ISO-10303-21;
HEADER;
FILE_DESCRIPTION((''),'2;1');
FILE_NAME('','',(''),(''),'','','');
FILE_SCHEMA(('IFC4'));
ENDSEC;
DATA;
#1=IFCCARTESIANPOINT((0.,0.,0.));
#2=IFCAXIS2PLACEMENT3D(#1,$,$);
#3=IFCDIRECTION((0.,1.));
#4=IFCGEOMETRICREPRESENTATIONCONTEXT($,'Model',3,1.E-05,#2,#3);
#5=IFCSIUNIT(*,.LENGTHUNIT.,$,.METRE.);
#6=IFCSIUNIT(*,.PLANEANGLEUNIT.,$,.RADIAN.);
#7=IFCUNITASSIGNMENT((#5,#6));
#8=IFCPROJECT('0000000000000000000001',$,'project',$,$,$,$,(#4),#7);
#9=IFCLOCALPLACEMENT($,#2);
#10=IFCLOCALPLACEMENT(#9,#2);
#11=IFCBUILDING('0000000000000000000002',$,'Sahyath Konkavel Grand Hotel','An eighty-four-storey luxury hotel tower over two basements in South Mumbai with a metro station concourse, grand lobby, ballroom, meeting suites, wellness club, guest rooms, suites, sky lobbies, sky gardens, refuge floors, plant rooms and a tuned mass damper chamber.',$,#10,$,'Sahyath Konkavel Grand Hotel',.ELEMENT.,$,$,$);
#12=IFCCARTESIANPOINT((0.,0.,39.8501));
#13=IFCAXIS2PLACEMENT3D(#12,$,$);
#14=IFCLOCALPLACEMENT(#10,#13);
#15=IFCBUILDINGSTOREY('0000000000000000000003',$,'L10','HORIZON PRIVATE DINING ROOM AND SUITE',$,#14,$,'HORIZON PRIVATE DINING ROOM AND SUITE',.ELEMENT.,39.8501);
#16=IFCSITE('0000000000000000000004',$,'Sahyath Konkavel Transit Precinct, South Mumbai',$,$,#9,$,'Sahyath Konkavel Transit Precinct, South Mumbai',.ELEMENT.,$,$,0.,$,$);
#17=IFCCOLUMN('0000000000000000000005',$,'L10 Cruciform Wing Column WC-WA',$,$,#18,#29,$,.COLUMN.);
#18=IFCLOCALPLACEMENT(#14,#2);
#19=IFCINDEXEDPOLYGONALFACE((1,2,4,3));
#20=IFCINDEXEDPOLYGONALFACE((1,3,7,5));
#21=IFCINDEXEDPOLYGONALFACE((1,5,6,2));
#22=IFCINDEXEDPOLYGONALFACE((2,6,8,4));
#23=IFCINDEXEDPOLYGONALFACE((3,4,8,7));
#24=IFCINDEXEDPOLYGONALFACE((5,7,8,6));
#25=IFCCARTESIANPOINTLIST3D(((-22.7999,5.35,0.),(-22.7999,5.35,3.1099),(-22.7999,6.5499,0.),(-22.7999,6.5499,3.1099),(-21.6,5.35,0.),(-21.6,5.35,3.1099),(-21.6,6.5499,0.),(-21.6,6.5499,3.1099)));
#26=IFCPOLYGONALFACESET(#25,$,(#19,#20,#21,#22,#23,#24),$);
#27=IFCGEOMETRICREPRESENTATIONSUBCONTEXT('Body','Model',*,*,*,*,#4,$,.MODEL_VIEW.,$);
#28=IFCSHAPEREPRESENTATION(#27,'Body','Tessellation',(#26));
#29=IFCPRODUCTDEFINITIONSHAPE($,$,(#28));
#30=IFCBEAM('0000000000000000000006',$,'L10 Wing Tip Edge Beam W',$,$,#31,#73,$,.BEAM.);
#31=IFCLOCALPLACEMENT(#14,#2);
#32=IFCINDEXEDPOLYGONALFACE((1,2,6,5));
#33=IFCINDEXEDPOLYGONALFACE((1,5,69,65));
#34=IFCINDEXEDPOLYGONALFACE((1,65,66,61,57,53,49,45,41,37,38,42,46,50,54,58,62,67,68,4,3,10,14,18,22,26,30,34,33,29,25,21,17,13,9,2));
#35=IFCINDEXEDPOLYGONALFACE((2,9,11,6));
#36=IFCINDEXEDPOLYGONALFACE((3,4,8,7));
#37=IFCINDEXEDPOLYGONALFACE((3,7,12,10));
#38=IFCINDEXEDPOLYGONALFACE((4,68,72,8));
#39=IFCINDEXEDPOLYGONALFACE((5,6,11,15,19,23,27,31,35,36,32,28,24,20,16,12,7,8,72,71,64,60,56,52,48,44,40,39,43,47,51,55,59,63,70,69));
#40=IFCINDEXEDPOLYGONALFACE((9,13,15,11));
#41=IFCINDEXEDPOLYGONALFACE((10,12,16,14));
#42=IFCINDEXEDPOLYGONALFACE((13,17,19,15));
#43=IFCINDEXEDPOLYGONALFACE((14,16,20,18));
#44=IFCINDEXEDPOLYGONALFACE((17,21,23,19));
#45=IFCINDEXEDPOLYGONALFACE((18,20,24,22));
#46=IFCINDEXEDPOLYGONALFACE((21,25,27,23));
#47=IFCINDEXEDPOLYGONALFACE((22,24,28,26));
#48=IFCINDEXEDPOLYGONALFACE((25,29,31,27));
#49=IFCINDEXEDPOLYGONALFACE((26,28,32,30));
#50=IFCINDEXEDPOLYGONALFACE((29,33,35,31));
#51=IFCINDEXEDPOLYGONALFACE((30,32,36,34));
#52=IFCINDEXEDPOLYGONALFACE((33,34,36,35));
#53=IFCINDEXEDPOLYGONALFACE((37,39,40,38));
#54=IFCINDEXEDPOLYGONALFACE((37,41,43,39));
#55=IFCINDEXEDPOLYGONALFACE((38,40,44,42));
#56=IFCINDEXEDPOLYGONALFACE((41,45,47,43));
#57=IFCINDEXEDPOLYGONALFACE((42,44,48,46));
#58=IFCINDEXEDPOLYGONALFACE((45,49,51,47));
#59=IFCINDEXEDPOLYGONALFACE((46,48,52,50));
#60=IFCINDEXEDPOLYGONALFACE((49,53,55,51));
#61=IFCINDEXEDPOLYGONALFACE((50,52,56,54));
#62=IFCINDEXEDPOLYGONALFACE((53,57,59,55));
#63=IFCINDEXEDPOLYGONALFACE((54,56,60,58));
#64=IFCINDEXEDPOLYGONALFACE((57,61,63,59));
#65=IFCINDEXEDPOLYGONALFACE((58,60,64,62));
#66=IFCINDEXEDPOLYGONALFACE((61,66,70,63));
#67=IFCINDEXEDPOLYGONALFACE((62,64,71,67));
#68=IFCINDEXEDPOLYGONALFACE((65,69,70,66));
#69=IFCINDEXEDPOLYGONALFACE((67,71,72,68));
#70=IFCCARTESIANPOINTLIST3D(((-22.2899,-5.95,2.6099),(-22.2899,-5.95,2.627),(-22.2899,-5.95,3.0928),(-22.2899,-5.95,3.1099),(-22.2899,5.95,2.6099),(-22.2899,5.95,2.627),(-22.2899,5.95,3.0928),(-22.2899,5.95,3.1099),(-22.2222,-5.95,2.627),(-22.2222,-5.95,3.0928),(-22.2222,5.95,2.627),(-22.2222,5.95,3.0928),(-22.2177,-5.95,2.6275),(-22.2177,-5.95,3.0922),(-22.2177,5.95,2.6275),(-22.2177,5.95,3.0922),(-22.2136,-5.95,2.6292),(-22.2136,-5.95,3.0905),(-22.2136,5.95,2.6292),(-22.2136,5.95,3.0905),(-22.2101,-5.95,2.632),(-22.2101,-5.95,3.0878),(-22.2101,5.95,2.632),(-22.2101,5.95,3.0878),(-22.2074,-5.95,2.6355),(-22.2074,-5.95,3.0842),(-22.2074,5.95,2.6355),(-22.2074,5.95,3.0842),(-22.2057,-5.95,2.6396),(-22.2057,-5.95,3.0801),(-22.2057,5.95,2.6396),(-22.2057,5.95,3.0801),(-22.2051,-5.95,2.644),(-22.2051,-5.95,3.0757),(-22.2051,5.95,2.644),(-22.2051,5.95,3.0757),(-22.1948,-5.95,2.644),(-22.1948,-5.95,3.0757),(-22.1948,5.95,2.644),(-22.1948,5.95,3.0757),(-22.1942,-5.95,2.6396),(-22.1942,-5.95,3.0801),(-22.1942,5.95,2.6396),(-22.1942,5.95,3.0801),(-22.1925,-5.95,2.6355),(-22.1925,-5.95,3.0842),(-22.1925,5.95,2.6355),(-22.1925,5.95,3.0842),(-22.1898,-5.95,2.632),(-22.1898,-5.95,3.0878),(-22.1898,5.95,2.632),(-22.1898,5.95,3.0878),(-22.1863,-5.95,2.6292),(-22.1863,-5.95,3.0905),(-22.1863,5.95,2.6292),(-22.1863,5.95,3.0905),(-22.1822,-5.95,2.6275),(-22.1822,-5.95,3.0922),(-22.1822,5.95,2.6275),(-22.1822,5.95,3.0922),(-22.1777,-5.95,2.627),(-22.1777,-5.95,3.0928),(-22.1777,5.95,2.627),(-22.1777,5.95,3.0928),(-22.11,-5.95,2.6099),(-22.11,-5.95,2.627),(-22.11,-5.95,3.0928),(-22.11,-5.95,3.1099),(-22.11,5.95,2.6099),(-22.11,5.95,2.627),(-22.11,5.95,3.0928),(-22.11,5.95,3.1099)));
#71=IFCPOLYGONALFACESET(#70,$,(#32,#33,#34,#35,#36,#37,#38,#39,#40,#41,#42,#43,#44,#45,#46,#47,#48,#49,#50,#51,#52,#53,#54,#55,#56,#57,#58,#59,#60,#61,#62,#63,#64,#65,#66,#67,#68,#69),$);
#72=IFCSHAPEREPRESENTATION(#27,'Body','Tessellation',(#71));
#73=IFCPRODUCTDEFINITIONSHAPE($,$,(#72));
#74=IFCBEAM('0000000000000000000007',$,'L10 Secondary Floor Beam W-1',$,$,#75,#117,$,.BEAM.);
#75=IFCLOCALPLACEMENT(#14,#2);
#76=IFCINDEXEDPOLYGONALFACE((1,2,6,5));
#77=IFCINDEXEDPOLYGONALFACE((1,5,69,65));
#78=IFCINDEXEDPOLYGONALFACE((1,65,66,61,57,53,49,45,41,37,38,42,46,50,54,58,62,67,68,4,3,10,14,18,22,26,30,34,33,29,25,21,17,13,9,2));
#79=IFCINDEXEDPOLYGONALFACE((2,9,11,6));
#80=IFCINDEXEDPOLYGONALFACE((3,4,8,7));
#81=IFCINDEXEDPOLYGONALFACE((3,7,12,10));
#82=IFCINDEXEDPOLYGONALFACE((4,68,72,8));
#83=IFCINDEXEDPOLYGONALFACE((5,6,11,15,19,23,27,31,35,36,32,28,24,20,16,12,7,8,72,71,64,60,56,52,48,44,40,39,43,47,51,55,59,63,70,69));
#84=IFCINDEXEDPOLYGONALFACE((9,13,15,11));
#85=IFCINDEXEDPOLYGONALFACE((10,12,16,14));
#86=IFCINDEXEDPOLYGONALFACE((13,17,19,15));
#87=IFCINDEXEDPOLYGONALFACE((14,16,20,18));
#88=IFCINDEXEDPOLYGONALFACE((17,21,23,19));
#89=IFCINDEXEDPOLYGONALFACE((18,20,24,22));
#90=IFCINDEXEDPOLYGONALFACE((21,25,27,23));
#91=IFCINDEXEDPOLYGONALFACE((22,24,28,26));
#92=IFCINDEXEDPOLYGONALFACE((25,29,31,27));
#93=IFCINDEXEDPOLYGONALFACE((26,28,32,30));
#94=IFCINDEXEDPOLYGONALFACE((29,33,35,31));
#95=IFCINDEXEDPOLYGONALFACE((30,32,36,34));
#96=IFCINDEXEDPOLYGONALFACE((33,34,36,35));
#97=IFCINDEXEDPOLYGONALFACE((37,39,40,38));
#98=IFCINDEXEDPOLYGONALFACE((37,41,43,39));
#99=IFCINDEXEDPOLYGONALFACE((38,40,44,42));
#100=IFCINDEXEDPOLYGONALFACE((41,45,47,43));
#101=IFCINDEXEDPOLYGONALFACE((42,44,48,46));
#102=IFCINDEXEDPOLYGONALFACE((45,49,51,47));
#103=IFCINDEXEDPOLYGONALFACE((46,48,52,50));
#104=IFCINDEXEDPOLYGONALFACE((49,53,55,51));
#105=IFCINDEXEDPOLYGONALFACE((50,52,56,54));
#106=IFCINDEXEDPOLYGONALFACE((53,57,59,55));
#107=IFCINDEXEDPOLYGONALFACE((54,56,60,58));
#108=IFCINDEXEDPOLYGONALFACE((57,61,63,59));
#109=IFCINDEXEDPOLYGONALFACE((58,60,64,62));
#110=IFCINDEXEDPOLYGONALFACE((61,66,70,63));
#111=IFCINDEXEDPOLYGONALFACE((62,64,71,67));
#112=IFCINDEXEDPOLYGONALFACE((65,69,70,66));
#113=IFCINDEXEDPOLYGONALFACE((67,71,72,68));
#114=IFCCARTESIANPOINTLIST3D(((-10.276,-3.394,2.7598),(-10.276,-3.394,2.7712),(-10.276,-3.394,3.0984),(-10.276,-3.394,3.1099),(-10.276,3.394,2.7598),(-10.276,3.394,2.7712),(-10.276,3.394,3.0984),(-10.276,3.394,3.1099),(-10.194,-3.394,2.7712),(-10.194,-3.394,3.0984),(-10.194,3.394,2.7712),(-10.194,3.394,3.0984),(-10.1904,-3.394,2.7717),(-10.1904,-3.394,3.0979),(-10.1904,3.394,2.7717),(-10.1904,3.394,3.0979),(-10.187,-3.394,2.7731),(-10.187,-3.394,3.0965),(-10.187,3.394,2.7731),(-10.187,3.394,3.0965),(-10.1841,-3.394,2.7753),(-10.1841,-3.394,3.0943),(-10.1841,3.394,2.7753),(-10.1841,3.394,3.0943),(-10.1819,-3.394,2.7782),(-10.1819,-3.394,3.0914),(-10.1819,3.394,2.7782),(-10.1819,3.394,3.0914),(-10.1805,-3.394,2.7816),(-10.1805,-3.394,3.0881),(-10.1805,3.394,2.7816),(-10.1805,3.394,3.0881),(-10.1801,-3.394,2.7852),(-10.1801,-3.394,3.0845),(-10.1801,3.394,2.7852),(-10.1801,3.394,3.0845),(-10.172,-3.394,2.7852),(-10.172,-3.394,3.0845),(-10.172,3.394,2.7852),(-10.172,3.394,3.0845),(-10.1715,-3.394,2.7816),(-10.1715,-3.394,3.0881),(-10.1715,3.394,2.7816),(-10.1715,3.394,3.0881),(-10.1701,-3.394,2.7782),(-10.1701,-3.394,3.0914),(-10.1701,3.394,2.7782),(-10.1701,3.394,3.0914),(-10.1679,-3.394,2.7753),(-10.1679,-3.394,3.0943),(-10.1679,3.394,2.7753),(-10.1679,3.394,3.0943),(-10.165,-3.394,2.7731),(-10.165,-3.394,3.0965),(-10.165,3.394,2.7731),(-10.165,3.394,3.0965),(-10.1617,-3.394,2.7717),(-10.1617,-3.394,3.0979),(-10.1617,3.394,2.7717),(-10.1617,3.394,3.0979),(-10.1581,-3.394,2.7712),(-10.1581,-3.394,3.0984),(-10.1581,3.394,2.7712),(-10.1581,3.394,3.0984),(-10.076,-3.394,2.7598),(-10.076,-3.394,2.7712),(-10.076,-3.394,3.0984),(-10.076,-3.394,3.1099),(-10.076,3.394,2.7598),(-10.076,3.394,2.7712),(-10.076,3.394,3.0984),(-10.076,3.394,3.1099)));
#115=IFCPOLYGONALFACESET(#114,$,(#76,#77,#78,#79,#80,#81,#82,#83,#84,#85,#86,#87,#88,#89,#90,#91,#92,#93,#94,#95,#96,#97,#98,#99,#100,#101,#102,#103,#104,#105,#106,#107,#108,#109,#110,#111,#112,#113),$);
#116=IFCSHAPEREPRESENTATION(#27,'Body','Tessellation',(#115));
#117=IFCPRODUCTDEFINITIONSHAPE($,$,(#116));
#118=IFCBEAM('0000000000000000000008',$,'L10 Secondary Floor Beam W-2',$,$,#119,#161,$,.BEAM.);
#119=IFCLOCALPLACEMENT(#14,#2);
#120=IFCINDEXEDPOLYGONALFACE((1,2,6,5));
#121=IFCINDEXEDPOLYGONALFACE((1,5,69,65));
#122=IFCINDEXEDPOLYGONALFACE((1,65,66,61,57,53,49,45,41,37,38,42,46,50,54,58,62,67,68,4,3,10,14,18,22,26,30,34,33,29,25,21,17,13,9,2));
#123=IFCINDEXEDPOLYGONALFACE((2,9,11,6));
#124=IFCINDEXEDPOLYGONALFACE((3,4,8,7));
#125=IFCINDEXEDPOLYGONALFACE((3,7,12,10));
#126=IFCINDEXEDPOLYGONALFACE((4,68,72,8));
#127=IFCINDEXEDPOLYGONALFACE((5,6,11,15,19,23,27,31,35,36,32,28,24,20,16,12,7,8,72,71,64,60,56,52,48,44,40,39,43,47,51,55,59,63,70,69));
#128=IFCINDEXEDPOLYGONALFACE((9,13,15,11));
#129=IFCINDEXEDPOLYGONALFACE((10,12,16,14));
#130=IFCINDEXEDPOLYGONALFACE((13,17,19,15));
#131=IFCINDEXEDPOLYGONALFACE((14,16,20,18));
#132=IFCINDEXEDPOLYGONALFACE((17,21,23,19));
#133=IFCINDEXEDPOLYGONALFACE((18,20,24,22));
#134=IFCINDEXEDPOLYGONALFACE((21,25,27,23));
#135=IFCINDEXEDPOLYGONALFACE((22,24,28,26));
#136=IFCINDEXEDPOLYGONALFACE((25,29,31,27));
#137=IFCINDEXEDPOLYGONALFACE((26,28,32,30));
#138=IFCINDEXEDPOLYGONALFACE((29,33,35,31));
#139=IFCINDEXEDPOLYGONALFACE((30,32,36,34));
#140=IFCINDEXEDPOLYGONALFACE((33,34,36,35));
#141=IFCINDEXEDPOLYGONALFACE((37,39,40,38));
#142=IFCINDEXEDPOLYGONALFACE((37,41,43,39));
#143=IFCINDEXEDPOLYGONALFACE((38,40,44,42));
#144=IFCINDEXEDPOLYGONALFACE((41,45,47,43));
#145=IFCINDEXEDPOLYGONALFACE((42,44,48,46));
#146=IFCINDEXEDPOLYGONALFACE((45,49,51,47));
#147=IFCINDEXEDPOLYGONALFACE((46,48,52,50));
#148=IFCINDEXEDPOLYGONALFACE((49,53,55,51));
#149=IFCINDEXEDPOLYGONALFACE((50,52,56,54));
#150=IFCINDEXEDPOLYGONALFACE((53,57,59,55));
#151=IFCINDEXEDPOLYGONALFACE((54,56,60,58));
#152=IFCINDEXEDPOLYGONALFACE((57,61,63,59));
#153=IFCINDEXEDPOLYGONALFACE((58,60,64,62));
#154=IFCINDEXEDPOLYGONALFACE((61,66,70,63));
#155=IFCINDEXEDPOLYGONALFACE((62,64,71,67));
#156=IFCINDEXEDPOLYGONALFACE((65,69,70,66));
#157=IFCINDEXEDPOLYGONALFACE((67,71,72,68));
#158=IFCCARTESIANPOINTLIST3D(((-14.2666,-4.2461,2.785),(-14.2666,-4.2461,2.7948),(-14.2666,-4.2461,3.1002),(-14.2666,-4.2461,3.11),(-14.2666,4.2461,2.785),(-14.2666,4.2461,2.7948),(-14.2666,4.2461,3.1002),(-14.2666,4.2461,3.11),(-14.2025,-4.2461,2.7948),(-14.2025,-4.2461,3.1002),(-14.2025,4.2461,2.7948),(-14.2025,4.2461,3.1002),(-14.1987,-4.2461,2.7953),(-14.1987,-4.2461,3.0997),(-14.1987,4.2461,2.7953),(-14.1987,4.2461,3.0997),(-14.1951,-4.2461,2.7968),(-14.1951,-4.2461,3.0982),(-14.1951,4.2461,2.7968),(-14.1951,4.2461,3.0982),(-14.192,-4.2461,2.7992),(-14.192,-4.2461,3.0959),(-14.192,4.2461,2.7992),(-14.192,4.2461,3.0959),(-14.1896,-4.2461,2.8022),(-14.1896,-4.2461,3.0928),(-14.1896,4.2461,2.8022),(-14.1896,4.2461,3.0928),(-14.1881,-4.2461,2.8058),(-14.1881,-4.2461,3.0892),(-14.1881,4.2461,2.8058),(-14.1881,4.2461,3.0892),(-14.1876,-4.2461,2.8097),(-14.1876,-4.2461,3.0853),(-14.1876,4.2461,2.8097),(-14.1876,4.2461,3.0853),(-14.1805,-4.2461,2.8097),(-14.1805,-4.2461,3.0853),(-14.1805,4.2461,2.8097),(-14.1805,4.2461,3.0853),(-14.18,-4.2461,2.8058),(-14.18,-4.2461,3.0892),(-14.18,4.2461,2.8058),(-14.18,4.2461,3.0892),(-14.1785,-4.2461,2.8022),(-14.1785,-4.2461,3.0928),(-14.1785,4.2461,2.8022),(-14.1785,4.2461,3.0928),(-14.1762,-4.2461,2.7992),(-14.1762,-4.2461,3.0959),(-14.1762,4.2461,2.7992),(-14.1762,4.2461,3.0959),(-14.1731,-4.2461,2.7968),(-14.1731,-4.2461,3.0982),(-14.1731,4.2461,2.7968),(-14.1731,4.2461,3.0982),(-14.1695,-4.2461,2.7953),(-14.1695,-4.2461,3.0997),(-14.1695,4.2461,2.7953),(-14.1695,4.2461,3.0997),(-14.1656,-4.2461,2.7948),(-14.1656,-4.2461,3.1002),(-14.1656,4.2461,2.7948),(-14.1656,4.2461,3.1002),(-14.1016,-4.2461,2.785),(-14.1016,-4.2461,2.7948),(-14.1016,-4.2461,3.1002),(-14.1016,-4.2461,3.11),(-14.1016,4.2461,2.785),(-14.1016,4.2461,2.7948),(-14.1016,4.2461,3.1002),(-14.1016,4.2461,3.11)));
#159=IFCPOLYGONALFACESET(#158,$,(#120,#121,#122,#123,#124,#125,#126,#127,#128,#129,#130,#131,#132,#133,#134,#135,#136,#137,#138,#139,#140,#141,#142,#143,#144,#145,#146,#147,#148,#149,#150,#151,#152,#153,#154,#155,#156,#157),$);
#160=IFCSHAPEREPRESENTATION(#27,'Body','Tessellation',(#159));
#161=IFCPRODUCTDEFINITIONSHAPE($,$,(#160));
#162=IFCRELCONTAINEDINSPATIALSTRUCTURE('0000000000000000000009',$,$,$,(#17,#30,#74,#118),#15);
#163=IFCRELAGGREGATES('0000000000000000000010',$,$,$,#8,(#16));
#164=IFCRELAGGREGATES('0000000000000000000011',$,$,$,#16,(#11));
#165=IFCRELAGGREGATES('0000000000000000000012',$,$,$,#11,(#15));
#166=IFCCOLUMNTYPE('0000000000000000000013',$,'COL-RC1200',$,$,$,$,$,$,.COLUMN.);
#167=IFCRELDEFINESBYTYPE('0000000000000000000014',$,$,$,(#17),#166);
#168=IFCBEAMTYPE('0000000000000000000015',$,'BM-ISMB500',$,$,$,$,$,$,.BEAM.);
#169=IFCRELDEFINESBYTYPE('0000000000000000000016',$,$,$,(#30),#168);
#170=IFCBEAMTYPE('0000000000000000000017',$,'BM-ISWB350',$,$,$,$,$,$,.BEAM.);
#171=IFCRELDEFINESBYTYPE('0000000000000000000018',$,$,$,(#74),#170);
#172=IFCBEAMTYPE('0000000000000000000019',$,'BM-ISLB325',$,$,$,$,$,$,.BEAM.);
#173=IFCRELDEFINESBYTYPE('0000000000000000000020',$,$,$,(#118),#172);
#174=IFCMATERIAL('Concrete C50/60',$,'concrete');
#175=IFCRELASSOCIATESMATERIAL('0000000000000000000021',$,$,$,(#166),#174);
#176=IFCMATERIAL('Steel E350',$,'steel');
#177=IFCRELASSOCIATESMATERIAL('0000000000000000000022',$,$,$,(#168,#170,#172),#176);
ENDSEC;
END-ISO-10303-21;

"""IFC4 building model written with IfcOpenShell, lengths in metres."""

from ifc_helpers import new_model, si_unit, direction, frame, origin, origin_2d, place, context, subcontext, project, spatial, rectangle, i_section, extrude, source, transform, mapped, material, material_profile, profile_set, type_object, element, save


model = new_model("IFC4")

# Units and contexts
model_context = context("Model", 3, precision=1e-05, world=origin(), true_north=direction((0.0, 1.0)))
body_context = subcontext(model_context, "Body", "Model", "MODEL_VIEW")
ifc_project = project(units=[si_unit("LENGTHUNIT", "METRE"), si_unit("PLANEANGLEUNIT", "RADIAN")], contexts=[model_context])

# Site, building, storey
site_placement = place(None, origin())
site = spatial("IfcSite", under=ifc_project, at=site_placement, Name="Sahyath Konkavel Transit Precinct, South Mumbai", LongName="Sahyath Konkavel Transit Precinct, South Mumbai", CompositionType="ELEMENT", RefElevation=0.0)
building_placement = place(site_placement, origin())
building = spatial("IfcBuilding", under=site, at=building_placement, Name="Sahyath Konkavel Grand Hotel", Description="An eighty-four-storey luxury hotel tower over two basements in South Mumbai with a metro station concourse, grand lobby, ballroom, meeting suites, wellness club, guest rooms, suites, sky lobbies, sky gardens, refuge floors, plant rooms and a tuned mass damper chamber.", LongName="Sahyath Konkavel Grand Hotel", CompositionType="ELEMENT")
storey_placement = place(building_placement, frame((0.0, 0.0, 39.8501)))
storey = spatial("IfcBuildingStorey", under=building, at=storey_placement, Name="L10", Description="HORIZON PRIVATE DINING ROOM AND SUITE", LongName="HORIZON PRIVATE DINING ROOM AND SUITE", CompositionType="ELEMENT", Elevation=39.8501)

# Column
ifc_material_1 = material(Name="Concrete C50/60", Category="concrete")
ifc_material_profile_1 = material_profile(ifc_material_1, rectangle(XDim=1.2, YDim=1.2, at=origin_2d()), Name="RC 1200x1200")
ifc_profile_set_1 = profile_set([ifc_material_profile_1], Name="Concrete C50/60")
column_type = type_object("IfcColumnType", Name="COL-RC1200", PredefinedType="COLUMN", material=ifc_profile_set_1)
shared_shape_1 = source(origin(), body_context, "Body", "SweptSolid", [
    extrude(rectangle(XDim=1.2, YDim=1.2, at=origin_2d()), origin(), (0.0, 0.0, 1.0), 3.1099),
])
column_placement = place(storey_placement, frame((-22.2, 5.95, 0.0), z_axis=(0.0, 0.0, 1.0), x_axis=(1.0, 0.0, 0.0)))
element("IfcColumn", 1, at=column_placement, inside=storey, type_object=column_type, Name="L10 Cruciform Wing Column WC-WA", PredefinedType="COLUMN", context=body_context, shape_type="MappedRepresentation", body=[
    mapped(shared_shape_1, transform((0.0, 0.0, 0.0), scale=1.0)),
])

# Beams
ifc_material_2 = material(Name="Steel E350", Category="steel")
ifc_material_profile_2 = material_profile(ifc_material_2, i_section(OverallWidth=0.1799, OverallDepth=0.5, WebThickness=0.0103, FlangeThickness=0.0171, FilletRadius=0.0171, at=origin_2d()), Name="ISMB 500")
ifc_profile_set_2 = profile_set([ifc_material_profile_2], Name="Steel E350")
beam_type_1 = type_object("IfcBeamType", Name="BM-ISMB500", PredefinedType="BEAM", material=ifc_profile_set_2)
shared_shape_2 = source(origin(), body_context, "Body", "SweptSolid", [
    extrude(i_section(OverallWidth=0.1799, OverallDepth=0.5, WebThickness=0.0103, FlangeThickness=0.0171, FilletRadius=0.0171, at=origin_2d()), origin(), (0.0, 0.0, 1.0), 11.8999),
])
beam_1_placement = place(storey_placement, frame((-22.2, 5.95, 2.8599), z_axis=(0.0, -1.0, 0.0), x_axis=(1.0, 0.0, 0.0)))
element("IfcBeam", 2, at=beam_1_placement, inside=storey, type_object=beam_type_1, Name="L10 Wing Tip Edge Beam W", PredefinedType="BEAM", context=body_context, shape_type="MappedRepresentation", body=[
    mapped(shared_shape_2, transform((0.0, 0.0, 0.0), scale=1.0)),
])
ifc_material_profile_3 = material_profile(ifc_material_2, i_section(OverallWidth=0.2, OverallDepth=0.3501, WebThickness=0.0081, FlangeThickness=0.0115, FilletRadius=0.0139, at=origin_2d()), Name="ISWB 350")
ifc_profile_set_3 = profile_set([ifc_material_profile_3], Name="Steel E350")
beam_type_2 = type_object("IfcBeamType", Name="BM-ISWB350", PredefinedType="BEAM", material=ifc_profile_set_3)
shared_shape_3 = source(origin(), body_context, "Body", "SweptSolid", [
    extrude(i_section(OverallWidth=0.2, OverallDepth=0.3501, WebThickness=0.0081, FlangeThickness=0.0115, FilletRadius=0.0139, at=origin_2d()), origin(), (0.0, 0.0, 1.0), 6.7881),
])
beam_2_placement = place(storey_placement, frame((-10.176, 3.394, 2.9348), z_axis=(0.0, -1.0, 0.0), x_axis=(1.0, 0.0, 0.0)))
element("IfcBeam", 3, at=beam_2_placement, inside=storey, type_object=beam_type_2, Name="L10 Secondary Floor Beam W-1", PredefinedType="BEAM", context=body_context, shape_type="MappedRepresentation", body=[
    mapped(shared_shape_3, transform((0.0, 0.0, 0.0), scale=1.0)),
])
ifc_material_profile_4 = material_profile(ifc_material_2, i_section(OverallWidth=0.165, OverallDepth=0.325, WebThickness=0.0071, FlangeThickness=0.0098, FilletRadius=0.0149, at=origin_2d()), Name="ISLB 325")
ifc_profile_set_4 = profile_set([ifc_material_profile_4], Name="Steel E350")
beam_type_3 = type_object("IfcBeamType", Name="BM-ISLB325", PredefinedType="BEAM", material=ifc_profile_set_4)
shared_shape_4 = source(origin(), body_context, "Body", "SweptSolid", [
    extrude(i_section(OverallWidth=0.165, OverallDepth=0.325, WebThickness=0.0071, FlangeThickness=0.0098, FilletRadius=0.0149, at=origin_2d()), origin(), (0.0, 0.0, 1.0), 8.4922),
])
beam_3_placement = place(storey_placement, frame((-14.1841, 4.2461, 2.9475), z_axis=(0.0, -1.0, 0.0), x_axis=(1.0, 0.0, 0.0)))
element("IfcBeam", 4, at=beam_3_placement, inside=storey, type_object=beam_type_3, Name="L10 Secondary Floor Beam W-2", PredefinedType="BEAM", context=body_context, shape_type="MappedRepresentation", body=[
    mapped(shared_shape_4, transform((0.0, 0.0, 0.0), scale=1.0)),
])

save(model, "model.ifc")
